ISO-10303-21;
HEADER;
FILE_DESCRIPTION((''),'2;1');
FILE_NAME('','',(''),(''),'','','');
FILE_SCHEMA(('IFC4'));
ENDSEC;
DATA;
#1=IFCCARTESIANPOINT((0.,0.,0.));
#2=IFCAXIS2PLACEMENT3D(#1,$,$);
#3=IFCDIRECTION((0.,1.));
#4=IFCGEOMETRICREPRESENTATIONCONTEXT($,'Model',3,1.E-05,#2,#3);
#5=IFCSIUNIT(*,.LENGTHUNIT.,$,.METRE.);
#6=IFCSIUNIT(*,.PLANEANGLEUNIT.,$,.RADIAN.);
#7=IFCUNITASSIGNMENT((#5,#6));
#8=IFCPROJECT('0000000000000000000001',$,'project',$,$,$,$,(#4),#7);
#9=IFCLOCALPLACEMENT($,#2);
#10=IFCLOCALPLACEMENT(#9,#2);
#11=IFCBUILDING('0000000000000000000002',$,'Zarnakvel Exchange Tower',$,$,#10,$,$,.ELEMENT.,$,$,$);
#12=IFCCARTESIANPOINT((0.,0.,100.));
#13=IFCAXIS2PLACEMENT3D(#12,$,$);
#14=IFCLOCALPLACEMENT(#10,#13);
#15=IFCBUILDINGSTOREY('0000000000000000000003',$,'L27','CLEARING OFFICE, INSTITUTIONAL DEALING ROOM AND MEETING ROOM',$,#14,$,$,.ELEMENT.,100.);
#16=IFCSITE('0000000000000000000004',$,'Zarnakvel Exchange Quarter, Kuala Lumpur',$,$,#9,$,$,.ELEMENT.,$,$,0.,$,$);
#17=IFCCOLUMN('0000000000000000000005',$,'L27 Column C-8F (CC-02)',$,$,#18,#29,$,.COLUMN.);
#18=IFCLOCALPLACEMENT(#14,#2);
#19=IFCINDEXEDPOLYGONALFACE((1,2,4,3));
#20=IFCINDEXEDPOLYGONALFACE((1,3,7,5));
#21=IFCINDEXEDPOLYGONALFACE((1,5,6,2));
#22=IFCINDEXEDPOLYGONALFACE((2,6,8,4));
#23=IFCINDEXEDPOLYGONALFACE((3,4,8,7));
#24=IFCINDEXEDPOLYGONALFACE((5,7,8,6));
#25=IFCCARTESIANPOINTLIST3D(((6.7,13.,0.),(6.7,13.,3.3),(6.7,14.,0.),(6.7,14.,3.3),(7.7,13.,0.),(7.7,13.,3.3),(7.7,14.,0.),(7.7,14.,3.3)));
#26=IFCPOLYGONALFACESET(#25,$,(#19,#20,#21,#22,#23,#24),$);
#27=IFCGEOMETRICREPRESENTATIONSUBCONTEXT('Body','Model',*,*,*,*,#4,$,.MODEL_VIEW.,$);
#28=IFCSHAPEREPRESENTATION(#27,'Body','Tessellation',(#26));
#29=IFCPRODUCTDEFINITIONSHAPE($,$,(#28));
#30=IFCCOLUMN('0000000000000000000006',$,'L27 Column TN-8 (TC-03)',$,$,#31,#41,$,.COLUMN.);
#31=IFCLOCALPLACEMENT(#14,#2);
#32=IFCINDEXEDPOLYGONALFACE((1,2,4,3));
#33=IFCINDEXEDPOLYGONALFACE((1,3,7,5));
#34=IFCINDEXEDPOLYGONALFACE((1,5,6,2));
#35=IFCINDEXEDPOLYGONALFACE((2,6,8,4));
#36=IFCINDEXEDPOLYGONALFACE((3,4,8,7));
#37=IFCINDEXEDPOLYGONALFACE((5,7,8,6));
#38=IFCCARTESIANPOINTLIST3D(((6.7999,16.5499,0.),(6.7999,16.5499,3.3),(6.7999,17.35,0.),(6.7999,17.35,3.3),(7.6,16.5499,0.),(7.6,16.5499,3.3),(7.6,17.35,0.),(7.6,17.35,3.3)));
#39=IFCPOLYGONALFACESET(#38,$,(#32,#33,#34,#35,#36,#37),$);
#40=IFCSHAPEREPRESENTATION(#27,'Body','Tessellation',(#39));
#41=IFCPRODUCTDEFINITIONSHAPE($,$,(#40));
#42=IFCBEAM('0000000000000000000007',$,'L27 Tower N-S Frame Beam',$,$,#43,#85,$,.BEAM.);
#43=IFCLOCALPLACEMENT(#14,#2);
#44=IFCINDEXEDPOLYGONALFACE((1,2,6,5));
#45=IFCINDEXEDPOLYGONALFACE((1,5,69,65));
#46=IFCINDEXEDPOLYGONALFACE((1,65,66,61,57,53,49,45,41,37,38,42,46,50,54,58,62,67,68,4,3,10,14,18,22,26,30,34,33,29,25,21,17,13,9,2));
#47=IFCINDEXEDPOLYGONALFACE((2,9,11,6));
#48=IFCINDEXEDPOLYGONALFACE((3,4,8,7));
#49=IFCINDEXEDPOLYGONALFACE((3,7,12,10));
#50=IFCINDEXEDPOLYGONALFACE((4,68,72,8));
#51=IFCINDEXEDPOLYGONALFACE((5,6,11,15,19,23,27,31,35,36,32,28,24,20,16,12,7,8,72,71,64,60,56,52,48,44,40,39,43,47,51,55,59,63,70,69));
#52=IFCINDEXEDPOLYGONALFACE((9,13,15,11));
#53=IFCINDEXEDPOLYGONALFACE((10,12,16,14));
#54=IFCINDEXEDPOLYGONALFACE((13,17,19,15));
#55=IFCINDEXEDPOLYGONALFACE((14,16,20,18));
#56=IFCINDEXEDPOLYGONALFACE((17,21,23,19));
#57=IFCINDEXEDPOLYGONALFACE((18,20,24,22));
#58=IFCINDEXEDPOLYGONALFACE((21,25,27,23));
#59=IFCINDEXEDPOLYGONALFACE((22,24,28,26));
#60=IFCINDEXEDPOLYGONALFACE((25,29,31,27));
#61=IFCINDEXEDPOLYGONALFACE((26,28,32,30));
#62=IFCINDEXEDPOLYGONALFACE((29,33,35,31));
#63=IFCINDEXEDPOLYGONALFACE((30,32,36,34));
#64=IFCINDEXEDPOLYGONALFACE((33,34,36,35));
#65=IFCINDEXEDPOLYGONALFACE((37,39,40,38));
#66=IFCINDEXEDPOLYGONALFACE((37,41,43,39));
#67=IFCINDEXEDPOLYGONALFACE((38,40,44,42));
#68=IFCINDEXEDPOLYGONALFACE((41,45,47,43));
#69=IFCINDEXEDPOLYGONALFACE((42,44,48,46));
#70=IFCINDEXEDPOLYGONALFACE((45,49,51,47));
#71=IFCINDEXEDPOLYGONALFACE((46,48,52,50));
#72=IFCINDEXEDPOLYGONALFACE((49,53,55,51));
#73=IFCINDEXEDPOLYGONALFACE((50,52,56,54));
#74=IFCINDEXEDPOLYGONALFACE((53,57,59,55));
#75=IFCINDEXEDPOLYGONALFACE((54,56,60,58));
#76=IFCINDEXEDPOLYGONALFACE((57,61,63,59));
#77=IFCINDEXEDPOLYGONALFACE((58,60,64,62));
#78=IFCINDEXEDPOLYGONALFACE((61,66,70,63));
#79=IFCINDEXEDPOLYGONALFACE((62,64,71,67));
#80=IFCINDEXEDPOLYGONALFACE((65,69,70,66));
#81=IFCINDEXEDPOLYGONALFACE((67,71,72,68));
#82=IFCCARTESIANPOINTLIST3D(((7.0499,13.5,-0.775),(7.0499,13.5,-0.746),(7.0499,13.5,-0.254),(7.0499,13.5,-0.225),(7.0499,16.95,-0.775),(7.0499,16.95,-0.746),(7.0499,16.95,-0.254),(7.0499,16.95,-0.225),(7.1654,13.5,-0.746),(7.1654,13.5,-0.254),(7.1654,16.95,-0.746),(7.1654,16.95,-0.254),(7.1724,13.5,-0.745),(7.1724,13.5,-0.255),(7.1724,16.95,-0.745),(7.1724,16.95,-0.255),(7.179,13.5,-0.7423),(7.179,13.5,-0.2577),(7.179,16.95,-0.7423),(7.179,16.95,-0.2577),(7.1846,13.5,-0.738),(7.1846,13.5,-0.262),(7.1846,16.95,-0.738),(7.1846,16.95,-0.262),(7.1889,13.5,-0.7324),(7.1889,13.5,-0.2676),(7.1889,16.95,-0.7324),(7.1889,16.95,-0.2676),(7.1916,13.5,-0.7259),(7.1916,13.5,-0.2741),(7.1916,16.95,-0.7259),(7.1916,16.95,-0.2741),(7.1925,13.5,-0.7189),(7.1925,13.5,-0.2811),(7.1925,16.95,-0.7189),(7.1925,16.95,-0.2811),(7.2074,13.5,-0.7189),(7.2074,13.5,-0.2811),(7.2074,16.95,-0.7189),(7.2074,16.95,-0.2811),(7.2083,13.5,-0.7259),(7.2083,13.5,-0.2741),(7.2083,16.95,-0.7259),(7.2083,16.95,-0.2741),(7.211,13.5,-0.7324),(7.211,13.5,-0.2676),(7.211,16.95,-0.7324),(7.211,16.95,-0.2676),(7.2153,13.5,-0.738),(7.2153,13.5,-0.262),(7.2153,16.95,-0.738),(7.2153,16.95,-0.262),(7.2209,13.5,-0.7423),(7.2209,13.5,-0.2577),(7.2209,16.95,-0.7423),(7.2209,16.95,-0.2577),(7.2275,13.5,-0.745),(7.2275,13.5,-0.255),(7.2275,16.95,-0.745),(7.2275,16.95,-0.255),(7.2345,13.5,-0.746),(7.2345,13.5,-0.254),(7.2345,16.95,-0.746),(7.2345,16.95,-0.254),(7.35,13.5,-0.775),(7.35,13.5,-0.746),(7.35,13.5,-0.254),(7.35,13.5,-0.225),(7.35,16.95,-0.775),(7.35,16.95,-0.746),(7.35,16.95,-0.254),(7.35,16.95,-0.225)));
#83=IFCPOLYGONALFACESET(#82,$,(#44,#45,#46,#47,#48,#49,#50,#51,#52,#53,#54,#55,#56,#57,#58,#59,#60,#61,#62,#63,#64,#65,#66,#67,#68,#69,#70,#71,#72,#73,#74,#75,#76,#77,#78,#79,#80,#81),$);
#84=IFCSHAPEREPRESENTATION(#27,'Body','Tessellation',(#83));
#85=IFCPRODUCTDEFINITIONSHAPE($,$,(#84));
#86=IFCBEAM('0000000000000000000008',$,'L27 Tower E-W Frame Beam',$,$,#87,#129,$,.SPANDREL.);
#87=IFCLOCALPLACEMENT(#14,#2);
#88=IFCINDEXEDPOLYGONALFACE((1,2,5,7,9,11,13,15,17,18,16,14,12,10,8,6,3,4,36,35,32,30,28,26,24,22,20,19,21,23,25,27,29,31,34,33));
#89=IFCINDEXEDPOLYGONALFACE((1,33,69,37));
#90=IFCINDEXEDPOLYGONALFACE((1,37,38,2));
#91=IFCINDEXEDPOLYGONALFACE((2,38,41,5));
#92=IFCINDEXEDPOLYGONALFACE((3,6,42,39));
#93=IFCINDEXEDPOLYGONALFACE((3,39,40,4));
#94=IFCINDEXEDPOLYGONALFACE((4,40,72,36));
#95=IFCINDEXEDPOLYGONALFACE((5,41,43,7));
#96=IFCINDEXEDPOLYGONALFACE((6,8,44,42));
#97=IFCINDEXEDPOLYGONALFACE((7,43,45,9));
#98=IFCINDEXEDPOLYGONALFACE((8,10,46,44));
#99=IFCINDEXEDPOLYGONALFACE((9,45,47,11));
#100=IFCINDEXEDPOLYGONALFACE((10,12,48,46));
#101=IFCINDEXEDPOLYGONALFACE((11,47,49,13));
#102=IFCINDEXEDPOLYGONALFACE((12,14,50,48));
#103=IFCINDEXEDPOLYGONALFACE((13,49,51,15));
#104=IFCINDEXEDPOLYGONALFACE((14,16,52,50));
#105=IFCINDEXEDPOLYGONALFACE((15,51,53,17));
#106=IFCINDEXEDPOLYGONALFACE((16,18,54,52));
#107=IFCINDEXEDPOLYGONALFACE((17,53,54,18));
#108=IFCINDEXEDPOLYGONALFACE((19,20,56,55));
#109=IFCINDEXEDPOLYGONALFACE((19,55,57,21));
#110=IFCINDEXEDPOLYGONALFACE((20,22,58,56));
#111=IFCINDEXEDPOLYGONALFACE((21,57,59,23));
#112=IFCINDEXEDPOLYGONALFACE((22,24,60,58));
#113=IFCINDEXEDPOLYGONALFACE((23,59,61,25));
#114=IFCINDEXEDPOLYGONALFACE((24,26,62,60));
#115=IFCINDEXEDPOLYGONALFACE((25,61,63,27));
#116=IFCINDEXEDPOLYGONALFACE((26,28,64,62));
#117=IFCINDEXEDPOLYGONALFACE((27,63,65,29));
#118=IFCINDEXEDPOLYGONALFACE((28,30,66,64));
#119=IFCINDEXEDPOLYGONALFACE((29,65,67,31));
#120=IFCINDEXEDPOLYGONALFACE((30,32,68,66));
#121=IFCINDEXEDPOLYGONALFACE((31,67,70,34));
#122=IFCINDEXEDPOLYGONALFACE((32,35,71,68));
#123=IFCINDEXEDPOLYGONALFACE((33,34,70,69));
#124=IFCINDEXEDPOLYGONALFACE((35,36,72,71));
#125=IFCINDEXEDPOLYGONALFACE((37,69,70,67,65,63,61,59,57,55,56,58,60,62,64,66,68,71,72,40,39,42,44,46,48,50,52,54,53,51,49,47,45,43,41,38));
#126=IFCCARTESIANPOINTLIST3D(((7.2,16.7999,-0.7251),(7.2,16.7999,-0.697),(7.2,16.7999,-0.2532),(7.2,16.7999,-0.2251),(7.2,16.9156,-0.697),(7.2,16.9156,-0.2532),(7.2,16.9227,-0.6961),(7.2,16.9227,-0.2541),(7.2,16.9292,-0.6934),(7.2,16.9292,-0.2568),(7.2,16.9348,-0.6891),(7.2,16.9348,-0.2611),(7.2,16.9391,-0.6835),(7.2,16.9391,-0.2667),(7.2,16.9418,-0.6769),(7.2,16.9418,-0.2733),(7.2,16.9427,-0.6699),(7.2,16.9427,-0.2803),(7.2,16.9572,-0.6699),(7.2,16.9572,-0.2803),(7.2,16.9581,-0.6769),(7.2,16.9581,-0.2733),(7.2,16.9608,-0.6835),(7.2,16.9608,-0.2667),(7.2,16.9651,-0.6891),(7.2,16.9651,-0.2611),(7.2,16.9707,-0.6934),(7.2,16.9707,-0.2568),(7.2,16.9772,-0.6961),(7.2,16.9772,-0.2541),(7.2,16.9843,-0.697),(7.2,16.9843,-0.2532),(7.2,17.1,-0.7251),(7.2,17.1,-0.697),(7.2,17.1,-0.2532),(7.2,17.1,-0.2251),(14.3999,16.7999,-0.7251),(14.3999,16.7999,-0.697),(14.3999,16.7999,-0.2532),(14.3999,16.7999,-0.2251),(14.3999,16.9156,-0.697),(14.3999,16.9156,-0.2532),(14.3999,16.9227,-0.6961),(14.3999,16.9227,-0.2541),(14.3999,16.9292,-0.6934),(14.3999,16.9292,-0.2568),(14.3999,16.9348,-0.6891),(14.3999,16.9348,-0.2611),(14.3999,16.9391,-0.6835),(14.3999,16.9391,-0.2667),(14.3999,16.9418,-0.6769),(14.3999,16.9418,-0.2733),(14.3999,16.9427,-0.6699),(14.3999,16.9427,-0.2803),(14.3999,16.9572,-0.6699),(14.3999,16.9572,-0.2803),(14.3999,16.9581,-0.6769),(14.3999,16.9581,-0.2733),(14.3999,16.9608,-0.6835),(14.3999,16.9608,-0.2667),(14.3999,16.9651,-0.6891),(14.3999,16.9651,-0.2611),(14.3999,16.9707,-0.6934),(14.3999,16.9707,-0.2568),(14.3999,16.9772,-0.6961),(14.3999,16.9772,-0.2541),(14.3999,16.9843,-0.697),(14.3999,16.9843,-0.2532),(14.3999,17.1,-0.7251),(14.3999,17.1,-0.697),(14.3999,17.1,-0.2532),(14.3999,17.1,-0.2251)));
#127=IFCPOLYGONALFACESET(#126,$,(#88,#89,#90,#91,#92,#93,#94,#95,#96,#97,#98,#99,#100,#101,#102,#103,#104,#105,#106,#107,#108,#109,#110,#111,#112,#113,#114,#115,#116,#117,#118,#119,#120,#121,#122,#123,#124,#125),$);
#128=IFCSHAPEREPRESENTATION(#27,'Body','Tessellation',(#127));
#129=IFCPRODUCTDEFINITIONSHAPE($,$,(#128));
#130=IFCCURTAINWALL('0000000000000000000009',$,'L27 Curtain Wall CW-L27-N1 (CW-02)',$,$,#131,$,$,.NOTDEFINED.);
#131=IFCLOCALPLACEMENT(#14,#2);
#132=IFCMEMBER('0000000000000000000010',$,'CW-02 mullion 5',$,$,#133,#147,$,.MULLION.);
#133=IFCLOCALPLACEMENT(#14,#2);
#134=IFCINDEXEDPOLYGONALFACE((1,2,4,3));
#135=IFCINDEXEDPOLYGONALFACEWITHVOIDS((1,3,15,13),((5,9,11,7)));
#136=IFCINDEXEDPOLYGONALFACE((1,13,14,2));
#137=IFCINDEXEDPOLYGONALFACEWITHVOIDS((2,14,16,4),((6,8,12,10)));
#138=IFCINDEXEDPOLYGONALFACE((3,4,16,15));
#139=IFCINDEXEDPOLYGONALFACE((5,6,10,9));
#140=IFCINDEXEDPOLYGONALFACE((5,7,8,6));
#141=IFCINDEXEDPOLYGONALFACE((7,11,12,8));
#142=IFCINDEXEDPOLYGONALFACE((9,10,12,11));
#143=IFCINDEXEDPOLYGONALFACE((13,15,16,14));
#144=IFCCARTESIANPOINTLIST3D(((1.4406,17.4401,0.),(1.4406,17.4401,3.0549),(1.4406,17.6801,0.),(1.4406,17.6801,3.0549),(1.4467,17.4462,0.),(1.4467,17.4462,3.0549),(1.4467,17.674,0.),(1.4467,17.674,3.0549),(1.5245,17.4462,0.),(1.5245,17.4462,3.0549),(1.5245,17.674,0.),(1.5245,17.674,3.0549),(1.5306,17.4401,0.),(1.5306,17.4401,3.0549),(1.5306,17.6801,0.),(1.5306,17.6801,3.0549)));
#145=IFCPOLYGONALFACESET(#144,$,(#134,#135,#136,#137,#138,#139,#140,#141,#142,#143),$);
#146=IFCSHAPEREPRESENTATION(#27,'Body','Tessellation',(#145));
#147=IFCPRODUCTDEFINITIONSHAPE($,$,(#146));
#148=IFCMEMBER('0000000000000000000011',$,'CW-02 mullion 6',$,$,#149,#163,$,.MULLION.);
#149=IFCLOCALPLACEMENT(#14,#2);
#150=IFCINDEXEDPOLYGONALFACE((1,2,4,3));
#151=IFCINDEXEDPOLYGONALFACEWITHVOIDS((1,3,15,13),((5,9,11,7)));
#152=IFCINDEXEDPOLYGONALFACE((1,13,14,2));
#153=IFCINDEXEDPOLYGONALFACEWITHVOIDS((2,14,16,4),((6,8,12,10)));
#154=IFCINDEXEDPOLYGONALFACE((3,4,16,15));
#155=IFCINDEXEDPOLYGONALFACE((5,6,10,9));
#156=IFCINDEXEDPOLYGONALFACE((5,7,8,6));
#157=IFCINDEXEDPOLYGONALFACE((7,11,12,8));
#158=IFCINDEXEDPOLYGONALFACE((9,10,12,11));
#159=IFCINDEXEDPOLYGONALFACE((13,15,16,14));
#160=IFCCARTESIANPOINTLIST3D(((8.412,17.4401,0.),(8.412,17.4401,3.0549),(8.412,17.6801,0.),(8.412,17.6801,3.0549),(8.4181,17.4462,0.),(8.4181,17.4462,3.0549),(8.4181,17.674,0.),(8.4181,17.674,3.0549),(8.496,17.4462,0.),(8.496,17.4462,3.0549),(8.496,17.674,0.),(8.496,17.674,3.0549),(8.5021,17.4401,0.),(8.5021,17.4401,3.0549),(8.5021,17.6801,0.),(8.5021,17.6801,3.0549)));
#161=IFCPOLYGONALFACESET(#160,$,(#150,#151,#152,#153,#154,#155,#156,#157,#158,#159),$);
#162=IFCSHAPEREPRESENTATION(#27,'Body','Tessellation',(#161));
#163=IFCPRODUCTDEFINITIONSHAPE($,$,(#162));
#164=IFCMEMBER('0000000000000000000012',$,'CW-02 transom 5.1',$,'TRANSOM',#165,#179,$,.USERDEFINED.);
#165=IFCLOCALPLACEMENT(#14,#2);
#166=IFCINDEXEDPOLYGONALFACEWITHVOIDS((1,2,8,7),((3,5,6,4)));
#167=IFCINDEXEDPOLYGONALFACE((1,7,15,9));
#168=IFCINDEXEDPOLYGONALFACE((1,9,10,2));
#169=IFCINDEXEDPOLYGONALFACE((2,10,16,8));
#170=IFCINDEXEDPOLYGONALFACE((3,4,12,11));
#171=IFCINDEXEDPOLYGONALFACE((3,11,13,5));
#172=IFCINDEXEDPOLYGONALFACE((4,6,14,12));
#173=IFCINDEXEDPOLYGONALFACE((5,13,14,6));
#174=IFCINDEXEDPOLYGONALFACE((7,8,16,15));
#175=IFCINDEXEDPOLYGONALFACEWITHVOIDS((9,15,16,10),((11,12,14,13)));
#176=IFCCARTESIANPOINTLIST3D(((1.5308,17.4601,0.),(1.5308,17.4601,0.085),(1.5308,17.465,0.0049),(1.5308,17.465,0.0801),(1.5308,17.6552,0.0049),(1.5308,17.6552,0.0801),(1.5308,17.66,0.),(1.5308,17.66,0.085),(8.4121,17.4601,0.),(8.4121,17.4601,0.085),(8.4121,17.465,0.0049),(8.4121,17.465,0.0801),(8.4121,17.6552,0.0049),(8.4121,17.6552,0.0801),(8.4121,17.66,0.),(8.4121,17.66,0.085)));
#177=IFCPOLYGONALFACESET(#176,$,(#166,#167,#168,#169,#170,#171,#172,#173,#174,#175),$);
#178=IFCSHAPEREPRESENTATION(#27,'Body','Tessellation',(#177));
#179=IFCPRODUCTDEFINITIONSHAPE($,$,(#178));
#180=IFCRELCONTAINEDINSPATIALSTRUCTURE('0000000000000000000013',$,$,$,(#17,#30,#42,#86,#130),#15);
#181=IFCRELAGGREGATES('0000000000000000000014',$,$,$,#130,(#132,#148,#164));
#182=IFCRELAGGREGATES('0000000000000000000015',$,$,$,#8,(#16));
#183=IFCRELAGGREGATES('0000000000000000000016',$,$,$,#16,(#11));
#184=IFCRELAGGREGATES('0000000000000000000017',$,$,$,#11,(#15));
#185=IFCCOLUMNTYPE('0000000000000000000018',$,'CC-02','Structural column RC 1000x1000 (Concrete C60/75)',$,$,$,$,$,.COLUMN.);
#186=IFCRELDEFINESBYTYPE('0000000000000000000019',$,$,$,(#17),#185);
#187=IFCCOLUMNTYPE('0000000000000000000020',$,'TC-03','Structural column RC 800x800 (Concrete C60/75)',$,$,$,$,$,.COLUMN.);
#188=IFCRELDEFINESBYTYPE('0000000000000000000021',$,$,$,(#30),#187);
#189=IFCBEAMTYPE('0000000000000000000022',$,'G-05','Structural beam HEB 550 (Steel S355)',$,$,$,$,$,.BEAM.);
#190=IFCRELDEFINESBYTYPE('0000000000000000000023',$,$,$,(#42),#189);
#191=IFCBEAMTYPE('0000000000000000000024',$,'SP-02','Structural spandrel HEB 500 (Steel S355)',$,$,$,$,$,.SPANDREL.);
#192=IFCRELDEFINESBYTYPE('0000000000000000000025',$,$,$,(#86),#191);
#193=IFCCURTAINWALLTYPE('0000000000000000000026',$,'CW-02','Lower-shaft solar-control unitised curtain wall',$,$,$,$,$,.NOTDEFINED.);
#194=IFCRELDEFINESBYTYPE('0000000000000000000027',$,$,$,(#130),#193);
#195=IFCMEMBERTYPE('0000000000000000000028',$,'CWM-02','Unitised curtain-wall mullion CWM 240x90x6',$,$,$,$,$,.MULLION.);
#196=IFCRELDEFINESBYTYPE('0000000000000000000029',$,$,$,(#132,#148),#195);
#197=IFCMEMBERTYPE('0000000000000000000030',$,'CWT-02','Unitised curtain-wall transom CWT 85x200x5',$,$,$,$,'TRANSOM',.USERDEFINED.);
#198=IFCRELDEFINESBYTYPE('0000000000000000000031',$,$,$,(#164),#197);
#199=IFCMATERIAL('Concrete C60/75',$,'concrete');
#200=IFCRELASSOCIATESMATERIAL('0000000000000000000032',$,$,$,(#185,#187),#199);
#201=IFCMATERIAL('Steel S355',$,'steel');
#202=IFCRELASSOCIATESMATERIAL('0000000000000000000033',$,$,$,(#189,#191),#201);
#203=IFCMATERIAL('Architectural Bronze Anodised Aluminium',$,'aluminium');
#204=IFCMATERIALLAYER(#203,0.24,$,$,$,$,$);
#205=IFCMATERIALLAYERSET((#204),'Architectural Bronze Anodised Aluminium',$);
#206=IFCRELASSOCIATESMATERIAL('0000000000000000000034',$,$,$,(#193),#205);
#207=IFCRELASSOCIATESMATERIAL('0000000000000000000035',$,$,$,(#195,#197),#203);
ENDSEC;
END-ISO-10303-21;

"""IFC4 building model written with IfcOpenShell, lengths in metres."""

from ifc_helpers import new_model, si_unit, direction, frame, origin, origin_2d, place, context, subcontext, project, spatial, rectangle, hollow_rectangle, i_section, extrude, source, transform, mapped, material, layer, layer_set, material_profile, profile_set, type_object, element, aggregate, save


model = new_model("IFC4")

# Units and contexts
model_context = context("Model", 3, precision=1e-05, world=origin(), true_north=direction((0.0, 1.0)))
body_context = subcontext(model_context, "Body", "Model", "MODEL_VIEW")
ifc_project = project(units=[si_unit("LENGTHUNIT", "METRE"), si_unit("PLANEANGLEUNIT", "RADIAN")], contexts=[model_context])

# Site, building, storey
site_placement = place(None, origin())
site = spatial("IfcSite", under=ifc_project, at=site_placement, Name="Zarnakvel Exchange Quarter, Kuala Lumpur", CompositionType="ELEMENT", RefElevation=0.0)
building_placement = place(site_placement, origin())
building = spatial("IfcBuilding", under=site, at=building_placement, Name="Zarnakvel Exchange Tower", CompositionType="ELEMENT")
storey_placement = place(building_placement, frame((0.0, 0.0, 100.0)))
storey = spatial("IfcBuildingStorey", under=building, at=storey_placement, Name="L27", Description="CLEARING OFFICE, INSTITUTIONAL DEALING ROOM AND MEETING ROOM", CompositionType="ELEMENT", Elevation=100.0)

# Columns
ifc_material_1 = material(Name="Concrete C60/75", Category="concrete")
ifc_material_profile_1 = material_profile(ifc_material_1, rectangle(XDim=1.0, YDim=1.0, at=origin_2d()))
ifc_profile_set_1 = profile_set([ifc_material_profile_1], Name="Concrete C60/75")
column_type_1 = type_object("IfcColumnType", Name="CC-02", Description="Structural column RC 1000x1000 (Concrete C60/75)", PredefinedType="COLUMN", material=ifc_profile_set_1)
column_1_placement = place(storey_placement, frame((7.2, 13.5, 0.0), z_axis=(0.0, 0.0, 1.0), x_axis=(1.0, 0.0, 0.0)))
element("IfcColumn", 1, at=column_1_placement, inside=storey, type_object=column_type_1, Name="L27 Column C-8F (CC-02)", PredefinedType="COLUMN", context=body_context, shape_type="SweptSolid", body=[
    extrude(rectangle(XDim=1.0, YDim=1.0, at=origin_2d()), origin(), (0.0, 0.0, 1.0), 3.3),
])
ifc_material_profile_2 = material_profile(ifc_material_1, rectangle(XDim=0.8, YDim=0.8, at=origin_2d()))
ifc_profile_set_2 = profile_set([ifc_material_profile_2], Name="Concrete C60/75")
column_type_2 = type_object("IfcColumnType", Name="TC-03", Description="Structural column RC 800x800 (Concrete C60/75)", PredefinedType="COLUMN", material=ifc_profile_set_2)
column_2_placement = place(storey_placement, frame((7.2, 16.95, 0.0), z_axis=(0.0, 0.0, 1.0), x_axis=(1.0, 0.0, 0.0)))
element("IfcColumn", 2, at=column_2_placement, inside=storey, type_object=column_type_2, Name="L27 Column TN-8 (TC-03)", PredefinedType="COLUMN", context=body_context, shape_type="SweptSolid", body=[
    extrude(rectangle(XDim=0.8, YDim=0.8, at=origin_2d()), origin(), (0.0, 0.0, 1.0), 3.3),
])

# Beams
ifc_material_2 = material(Name="Steel S355", Category="steel")
ifc_material_profile_3 = material_profile(ifc_material_2, i_section(OverallWidth=0.3, OverallDepth=0.55, WebThickness=0.0149, FlangeThickness=0.0291, FilletRadius=0.0271, at=origin_2d()))
ifc_profile_set_3 = profile_set([ifc_material_profile_3], Name="Steel S355")
beam_type_1 = type_object("IfcBeamType", Name="G-05", Description="Structural beam HEB 550 (Steel S355)", PredefinedType="BEAM", material=ifc_profile_set_3)
beam_1_placement = place(storey_placement, frame((7.2, 13.5, -0.5), z_axis=(0.0, 1.0, 0.0), x_axis=(-1.0, 0.0, 0.0)))
element("IfcBeam", 3, at=beam_1_placement, inside=storey, type_object=beam_type_1, Name="L27 Tower N-S Frame Beam", PredefinedType="BEAM", context=body_context, shape_type="SweptSolid", body=[
    extrude(i_section(OverallWidth=0.3, OverallDepth=0.55, WebThickness=0.0149, FlangeThickness=0.0291, FilletRadius=0.0271, at=origin_2d()), origin(), (0.0, 0.0, 1.0), 3.45),
])
ifc_material_profile_4 = material_profile(ifc_material_2, i_section(OverallWidth=0.3, OverallDepth=0.5, WebThickness=0.0144, FlangeThickness=0.0281, FilletRadius=0.0271, at=origin_2d()))
ifc_profile_set_4 = profile_set([ifc_material_profile_4], Name="Steel S355")
beam_type_2 = type_object("IfcBeamType", Name="SP-02", Description="Structural spandrel HEB 500 (Steel S355)", PredefinedType="SPANDREL", material=ifc_profile_set_4)
beam_2_placement = place(storey_placement, frame((7.2, 16.95, -0.4751), z_axis=(1.0, 0.0, 0.0), x_axis=(0.0, 1.0, 0.0)))
element("IfcBeam", 4, at=beam_2_placement, inside=storey, type_object=beam_type_2, Name="L27 Tower E-W Frame Beam", PredefinedType="SPANDREL", context=body_context, shape_type="SweptSolid", body=[
    extrude(i_section(OverallWidth=0.3, OverallDepth=0.5, WebThickness=0.0144, FlangeThickness=0.0281, FilletRadius=0.0271, at=origin_2d()), origin(), (0.0, 0.0, 1.0), 7.2),
])

# Curtain wall, members
ifc_material_3 = material(Name="Architectural Bronze Anodised Aluminium", Category="aluminium")
ifc_layer_1 = layer(ifc_material_3, 0.24)
ifc_layer_set_1 = layer_set([ifc_layer_1], Name="Architectural Bronze Anodised Aluminium")
curtain_wall_type = type_object("IfcCurtainWallType", Name="CW-02", Description="Lower-shaft solar-control unitised curtain wall", PredefinedType="NOTDEFINED", material=ifc_layer_set_1)
curtain_wall_placement = place(storey_placement, origin())
curtain_wall = element("IfcCurtainWall", 5, at=curtain_wall_placement, inside=storey, type_object=curtain_wall_type, Name="L27 Curtain Wall CW-L27-N1 (CW-02)", PredefinedType="NOTDEFINED")
ifc_material_profile_5 = material_profile(ifc_material_3, hollow_rectangle(XDim=0.24, YDim=0.0901, WallThickness=0.0061, at=origin_2d()))
ifc_profile_set_5 = profile_set([ifc_material_profile_5], Name="Architectural Bronze Anodised Aluminium")
member_type_1 = type_object("IfcMemberType", Name="CWM-02", Description="Unitised curtain-wall mullion CWM 240x90x6", PredefinedType="MULLION", material=ifc_profile_set_5)
shared_shape_1 = source(origin(), body_context, "Body", "SweptSolid", [
    extrude(hollow_rectangle(XDim=0.24, YDim=0.0901, WallThickness=0.0061, at=origin_2d()), origin(), (0.0, 0.0, 1.0), 3.0549),
])
member_1_placement = place(storey_placement, frame((1.4856, 17.5601, 0.0), z_axis=(0.0, 0.0, 1.0), x_axis=(0.0, 1.0, 0.0)))
member_1 = element("IfcMember", 6, at=member_1_placement, type_object=member_type_1, Name="CW-02 mullion 5", PredefinedType="MULLION", context=body_context, shape_type="MappedRepresentation", body=[
    mapped(shared_shape_1, transform((0.0, 0.0, 0.0), x_axis=(1.0, 0.0, 0.0), y_axis=(0.0, 1.0, 0.0), z_axis=(0.0, 0.0, 1.0), scale=1.0)),
])
member_2_placement = place(storey_placement, frame((8.457, 17.5601, 0.0), z_axis=(0.0, 0.0, 1.0), x_axis=(0.0, 1.0, 0.0)))
member_2 = element("IfcMember", 7, at=member_2_placement, type_object=member_type_1, Name="CW-02 mullion 6", PredefinedType="MULLION", context=body_context, shape_type="MappedRepresentation", body=[
    mapped(shared_shape_1, transform((0.0, 0.0, 0.0), x_axis=(1.0, 0.0, 0.0), y_axis=(0.0, 1.0, 0.0), z_axis=(0.0, 0.0, 1.0), scale=1.0)),
])
ifc_material_profile_6 = material_profile(ifc_material_3, hollow_rectangle(XDim=0.2, YDim=0.085, WallThickness=0.0049, at=origin_2d()))
ifc_profile_set_6 = profile_set([ifc_material_profile_6], Name="Architectural Bronze Anodised Aluminium")
member_type_2 = type_object("IfcMemberType", Name="CWT-02", Description="Unitised curtain-wall transom CWT 85x200x5", ElementType="TRANSOM", PredefinedType="USERDEFINED", material=ifc_profile_set_6)
shared_shape_2 = source(origin(), body_context, "Body", "SweptSolid", [
    extrude(hollow_rectangle(XDim=0.2, YDim=0.085, WallThickness=0.0049, at=origin_2d()), origin(), (0.0, 0.0, 1.0), 6.8813),
])
member_3_placement = place(storey_placement, frame((1.5308, 17.5601, 0.0425), z_axis=(1.0, 0.0, 0.0), x_axis=(0.0, 1.0, 0.0)))
member_3 = element("IfcMember", 8, at=member_3_placement, type_object=member_type_2, Name="CW-02 transom 5.1", ObjectType="TRANSOM", PredefinedType="USERDEFINED", context=body_context, shape_type="MappedRepresentation", body=[
    mapped(shared_shape_2, transform((0.0, 0.0, 0.0), x_axis=(1.0, 0.0, 0.0), y_axis=(0.0, 1.0, 0.0), z_axis=(0.0, 0.0, 1.0), scale=1.0)),
])
aggregate(curtain_wall, [member_1, member_2, member_3])

save(model, "model.ifc")
